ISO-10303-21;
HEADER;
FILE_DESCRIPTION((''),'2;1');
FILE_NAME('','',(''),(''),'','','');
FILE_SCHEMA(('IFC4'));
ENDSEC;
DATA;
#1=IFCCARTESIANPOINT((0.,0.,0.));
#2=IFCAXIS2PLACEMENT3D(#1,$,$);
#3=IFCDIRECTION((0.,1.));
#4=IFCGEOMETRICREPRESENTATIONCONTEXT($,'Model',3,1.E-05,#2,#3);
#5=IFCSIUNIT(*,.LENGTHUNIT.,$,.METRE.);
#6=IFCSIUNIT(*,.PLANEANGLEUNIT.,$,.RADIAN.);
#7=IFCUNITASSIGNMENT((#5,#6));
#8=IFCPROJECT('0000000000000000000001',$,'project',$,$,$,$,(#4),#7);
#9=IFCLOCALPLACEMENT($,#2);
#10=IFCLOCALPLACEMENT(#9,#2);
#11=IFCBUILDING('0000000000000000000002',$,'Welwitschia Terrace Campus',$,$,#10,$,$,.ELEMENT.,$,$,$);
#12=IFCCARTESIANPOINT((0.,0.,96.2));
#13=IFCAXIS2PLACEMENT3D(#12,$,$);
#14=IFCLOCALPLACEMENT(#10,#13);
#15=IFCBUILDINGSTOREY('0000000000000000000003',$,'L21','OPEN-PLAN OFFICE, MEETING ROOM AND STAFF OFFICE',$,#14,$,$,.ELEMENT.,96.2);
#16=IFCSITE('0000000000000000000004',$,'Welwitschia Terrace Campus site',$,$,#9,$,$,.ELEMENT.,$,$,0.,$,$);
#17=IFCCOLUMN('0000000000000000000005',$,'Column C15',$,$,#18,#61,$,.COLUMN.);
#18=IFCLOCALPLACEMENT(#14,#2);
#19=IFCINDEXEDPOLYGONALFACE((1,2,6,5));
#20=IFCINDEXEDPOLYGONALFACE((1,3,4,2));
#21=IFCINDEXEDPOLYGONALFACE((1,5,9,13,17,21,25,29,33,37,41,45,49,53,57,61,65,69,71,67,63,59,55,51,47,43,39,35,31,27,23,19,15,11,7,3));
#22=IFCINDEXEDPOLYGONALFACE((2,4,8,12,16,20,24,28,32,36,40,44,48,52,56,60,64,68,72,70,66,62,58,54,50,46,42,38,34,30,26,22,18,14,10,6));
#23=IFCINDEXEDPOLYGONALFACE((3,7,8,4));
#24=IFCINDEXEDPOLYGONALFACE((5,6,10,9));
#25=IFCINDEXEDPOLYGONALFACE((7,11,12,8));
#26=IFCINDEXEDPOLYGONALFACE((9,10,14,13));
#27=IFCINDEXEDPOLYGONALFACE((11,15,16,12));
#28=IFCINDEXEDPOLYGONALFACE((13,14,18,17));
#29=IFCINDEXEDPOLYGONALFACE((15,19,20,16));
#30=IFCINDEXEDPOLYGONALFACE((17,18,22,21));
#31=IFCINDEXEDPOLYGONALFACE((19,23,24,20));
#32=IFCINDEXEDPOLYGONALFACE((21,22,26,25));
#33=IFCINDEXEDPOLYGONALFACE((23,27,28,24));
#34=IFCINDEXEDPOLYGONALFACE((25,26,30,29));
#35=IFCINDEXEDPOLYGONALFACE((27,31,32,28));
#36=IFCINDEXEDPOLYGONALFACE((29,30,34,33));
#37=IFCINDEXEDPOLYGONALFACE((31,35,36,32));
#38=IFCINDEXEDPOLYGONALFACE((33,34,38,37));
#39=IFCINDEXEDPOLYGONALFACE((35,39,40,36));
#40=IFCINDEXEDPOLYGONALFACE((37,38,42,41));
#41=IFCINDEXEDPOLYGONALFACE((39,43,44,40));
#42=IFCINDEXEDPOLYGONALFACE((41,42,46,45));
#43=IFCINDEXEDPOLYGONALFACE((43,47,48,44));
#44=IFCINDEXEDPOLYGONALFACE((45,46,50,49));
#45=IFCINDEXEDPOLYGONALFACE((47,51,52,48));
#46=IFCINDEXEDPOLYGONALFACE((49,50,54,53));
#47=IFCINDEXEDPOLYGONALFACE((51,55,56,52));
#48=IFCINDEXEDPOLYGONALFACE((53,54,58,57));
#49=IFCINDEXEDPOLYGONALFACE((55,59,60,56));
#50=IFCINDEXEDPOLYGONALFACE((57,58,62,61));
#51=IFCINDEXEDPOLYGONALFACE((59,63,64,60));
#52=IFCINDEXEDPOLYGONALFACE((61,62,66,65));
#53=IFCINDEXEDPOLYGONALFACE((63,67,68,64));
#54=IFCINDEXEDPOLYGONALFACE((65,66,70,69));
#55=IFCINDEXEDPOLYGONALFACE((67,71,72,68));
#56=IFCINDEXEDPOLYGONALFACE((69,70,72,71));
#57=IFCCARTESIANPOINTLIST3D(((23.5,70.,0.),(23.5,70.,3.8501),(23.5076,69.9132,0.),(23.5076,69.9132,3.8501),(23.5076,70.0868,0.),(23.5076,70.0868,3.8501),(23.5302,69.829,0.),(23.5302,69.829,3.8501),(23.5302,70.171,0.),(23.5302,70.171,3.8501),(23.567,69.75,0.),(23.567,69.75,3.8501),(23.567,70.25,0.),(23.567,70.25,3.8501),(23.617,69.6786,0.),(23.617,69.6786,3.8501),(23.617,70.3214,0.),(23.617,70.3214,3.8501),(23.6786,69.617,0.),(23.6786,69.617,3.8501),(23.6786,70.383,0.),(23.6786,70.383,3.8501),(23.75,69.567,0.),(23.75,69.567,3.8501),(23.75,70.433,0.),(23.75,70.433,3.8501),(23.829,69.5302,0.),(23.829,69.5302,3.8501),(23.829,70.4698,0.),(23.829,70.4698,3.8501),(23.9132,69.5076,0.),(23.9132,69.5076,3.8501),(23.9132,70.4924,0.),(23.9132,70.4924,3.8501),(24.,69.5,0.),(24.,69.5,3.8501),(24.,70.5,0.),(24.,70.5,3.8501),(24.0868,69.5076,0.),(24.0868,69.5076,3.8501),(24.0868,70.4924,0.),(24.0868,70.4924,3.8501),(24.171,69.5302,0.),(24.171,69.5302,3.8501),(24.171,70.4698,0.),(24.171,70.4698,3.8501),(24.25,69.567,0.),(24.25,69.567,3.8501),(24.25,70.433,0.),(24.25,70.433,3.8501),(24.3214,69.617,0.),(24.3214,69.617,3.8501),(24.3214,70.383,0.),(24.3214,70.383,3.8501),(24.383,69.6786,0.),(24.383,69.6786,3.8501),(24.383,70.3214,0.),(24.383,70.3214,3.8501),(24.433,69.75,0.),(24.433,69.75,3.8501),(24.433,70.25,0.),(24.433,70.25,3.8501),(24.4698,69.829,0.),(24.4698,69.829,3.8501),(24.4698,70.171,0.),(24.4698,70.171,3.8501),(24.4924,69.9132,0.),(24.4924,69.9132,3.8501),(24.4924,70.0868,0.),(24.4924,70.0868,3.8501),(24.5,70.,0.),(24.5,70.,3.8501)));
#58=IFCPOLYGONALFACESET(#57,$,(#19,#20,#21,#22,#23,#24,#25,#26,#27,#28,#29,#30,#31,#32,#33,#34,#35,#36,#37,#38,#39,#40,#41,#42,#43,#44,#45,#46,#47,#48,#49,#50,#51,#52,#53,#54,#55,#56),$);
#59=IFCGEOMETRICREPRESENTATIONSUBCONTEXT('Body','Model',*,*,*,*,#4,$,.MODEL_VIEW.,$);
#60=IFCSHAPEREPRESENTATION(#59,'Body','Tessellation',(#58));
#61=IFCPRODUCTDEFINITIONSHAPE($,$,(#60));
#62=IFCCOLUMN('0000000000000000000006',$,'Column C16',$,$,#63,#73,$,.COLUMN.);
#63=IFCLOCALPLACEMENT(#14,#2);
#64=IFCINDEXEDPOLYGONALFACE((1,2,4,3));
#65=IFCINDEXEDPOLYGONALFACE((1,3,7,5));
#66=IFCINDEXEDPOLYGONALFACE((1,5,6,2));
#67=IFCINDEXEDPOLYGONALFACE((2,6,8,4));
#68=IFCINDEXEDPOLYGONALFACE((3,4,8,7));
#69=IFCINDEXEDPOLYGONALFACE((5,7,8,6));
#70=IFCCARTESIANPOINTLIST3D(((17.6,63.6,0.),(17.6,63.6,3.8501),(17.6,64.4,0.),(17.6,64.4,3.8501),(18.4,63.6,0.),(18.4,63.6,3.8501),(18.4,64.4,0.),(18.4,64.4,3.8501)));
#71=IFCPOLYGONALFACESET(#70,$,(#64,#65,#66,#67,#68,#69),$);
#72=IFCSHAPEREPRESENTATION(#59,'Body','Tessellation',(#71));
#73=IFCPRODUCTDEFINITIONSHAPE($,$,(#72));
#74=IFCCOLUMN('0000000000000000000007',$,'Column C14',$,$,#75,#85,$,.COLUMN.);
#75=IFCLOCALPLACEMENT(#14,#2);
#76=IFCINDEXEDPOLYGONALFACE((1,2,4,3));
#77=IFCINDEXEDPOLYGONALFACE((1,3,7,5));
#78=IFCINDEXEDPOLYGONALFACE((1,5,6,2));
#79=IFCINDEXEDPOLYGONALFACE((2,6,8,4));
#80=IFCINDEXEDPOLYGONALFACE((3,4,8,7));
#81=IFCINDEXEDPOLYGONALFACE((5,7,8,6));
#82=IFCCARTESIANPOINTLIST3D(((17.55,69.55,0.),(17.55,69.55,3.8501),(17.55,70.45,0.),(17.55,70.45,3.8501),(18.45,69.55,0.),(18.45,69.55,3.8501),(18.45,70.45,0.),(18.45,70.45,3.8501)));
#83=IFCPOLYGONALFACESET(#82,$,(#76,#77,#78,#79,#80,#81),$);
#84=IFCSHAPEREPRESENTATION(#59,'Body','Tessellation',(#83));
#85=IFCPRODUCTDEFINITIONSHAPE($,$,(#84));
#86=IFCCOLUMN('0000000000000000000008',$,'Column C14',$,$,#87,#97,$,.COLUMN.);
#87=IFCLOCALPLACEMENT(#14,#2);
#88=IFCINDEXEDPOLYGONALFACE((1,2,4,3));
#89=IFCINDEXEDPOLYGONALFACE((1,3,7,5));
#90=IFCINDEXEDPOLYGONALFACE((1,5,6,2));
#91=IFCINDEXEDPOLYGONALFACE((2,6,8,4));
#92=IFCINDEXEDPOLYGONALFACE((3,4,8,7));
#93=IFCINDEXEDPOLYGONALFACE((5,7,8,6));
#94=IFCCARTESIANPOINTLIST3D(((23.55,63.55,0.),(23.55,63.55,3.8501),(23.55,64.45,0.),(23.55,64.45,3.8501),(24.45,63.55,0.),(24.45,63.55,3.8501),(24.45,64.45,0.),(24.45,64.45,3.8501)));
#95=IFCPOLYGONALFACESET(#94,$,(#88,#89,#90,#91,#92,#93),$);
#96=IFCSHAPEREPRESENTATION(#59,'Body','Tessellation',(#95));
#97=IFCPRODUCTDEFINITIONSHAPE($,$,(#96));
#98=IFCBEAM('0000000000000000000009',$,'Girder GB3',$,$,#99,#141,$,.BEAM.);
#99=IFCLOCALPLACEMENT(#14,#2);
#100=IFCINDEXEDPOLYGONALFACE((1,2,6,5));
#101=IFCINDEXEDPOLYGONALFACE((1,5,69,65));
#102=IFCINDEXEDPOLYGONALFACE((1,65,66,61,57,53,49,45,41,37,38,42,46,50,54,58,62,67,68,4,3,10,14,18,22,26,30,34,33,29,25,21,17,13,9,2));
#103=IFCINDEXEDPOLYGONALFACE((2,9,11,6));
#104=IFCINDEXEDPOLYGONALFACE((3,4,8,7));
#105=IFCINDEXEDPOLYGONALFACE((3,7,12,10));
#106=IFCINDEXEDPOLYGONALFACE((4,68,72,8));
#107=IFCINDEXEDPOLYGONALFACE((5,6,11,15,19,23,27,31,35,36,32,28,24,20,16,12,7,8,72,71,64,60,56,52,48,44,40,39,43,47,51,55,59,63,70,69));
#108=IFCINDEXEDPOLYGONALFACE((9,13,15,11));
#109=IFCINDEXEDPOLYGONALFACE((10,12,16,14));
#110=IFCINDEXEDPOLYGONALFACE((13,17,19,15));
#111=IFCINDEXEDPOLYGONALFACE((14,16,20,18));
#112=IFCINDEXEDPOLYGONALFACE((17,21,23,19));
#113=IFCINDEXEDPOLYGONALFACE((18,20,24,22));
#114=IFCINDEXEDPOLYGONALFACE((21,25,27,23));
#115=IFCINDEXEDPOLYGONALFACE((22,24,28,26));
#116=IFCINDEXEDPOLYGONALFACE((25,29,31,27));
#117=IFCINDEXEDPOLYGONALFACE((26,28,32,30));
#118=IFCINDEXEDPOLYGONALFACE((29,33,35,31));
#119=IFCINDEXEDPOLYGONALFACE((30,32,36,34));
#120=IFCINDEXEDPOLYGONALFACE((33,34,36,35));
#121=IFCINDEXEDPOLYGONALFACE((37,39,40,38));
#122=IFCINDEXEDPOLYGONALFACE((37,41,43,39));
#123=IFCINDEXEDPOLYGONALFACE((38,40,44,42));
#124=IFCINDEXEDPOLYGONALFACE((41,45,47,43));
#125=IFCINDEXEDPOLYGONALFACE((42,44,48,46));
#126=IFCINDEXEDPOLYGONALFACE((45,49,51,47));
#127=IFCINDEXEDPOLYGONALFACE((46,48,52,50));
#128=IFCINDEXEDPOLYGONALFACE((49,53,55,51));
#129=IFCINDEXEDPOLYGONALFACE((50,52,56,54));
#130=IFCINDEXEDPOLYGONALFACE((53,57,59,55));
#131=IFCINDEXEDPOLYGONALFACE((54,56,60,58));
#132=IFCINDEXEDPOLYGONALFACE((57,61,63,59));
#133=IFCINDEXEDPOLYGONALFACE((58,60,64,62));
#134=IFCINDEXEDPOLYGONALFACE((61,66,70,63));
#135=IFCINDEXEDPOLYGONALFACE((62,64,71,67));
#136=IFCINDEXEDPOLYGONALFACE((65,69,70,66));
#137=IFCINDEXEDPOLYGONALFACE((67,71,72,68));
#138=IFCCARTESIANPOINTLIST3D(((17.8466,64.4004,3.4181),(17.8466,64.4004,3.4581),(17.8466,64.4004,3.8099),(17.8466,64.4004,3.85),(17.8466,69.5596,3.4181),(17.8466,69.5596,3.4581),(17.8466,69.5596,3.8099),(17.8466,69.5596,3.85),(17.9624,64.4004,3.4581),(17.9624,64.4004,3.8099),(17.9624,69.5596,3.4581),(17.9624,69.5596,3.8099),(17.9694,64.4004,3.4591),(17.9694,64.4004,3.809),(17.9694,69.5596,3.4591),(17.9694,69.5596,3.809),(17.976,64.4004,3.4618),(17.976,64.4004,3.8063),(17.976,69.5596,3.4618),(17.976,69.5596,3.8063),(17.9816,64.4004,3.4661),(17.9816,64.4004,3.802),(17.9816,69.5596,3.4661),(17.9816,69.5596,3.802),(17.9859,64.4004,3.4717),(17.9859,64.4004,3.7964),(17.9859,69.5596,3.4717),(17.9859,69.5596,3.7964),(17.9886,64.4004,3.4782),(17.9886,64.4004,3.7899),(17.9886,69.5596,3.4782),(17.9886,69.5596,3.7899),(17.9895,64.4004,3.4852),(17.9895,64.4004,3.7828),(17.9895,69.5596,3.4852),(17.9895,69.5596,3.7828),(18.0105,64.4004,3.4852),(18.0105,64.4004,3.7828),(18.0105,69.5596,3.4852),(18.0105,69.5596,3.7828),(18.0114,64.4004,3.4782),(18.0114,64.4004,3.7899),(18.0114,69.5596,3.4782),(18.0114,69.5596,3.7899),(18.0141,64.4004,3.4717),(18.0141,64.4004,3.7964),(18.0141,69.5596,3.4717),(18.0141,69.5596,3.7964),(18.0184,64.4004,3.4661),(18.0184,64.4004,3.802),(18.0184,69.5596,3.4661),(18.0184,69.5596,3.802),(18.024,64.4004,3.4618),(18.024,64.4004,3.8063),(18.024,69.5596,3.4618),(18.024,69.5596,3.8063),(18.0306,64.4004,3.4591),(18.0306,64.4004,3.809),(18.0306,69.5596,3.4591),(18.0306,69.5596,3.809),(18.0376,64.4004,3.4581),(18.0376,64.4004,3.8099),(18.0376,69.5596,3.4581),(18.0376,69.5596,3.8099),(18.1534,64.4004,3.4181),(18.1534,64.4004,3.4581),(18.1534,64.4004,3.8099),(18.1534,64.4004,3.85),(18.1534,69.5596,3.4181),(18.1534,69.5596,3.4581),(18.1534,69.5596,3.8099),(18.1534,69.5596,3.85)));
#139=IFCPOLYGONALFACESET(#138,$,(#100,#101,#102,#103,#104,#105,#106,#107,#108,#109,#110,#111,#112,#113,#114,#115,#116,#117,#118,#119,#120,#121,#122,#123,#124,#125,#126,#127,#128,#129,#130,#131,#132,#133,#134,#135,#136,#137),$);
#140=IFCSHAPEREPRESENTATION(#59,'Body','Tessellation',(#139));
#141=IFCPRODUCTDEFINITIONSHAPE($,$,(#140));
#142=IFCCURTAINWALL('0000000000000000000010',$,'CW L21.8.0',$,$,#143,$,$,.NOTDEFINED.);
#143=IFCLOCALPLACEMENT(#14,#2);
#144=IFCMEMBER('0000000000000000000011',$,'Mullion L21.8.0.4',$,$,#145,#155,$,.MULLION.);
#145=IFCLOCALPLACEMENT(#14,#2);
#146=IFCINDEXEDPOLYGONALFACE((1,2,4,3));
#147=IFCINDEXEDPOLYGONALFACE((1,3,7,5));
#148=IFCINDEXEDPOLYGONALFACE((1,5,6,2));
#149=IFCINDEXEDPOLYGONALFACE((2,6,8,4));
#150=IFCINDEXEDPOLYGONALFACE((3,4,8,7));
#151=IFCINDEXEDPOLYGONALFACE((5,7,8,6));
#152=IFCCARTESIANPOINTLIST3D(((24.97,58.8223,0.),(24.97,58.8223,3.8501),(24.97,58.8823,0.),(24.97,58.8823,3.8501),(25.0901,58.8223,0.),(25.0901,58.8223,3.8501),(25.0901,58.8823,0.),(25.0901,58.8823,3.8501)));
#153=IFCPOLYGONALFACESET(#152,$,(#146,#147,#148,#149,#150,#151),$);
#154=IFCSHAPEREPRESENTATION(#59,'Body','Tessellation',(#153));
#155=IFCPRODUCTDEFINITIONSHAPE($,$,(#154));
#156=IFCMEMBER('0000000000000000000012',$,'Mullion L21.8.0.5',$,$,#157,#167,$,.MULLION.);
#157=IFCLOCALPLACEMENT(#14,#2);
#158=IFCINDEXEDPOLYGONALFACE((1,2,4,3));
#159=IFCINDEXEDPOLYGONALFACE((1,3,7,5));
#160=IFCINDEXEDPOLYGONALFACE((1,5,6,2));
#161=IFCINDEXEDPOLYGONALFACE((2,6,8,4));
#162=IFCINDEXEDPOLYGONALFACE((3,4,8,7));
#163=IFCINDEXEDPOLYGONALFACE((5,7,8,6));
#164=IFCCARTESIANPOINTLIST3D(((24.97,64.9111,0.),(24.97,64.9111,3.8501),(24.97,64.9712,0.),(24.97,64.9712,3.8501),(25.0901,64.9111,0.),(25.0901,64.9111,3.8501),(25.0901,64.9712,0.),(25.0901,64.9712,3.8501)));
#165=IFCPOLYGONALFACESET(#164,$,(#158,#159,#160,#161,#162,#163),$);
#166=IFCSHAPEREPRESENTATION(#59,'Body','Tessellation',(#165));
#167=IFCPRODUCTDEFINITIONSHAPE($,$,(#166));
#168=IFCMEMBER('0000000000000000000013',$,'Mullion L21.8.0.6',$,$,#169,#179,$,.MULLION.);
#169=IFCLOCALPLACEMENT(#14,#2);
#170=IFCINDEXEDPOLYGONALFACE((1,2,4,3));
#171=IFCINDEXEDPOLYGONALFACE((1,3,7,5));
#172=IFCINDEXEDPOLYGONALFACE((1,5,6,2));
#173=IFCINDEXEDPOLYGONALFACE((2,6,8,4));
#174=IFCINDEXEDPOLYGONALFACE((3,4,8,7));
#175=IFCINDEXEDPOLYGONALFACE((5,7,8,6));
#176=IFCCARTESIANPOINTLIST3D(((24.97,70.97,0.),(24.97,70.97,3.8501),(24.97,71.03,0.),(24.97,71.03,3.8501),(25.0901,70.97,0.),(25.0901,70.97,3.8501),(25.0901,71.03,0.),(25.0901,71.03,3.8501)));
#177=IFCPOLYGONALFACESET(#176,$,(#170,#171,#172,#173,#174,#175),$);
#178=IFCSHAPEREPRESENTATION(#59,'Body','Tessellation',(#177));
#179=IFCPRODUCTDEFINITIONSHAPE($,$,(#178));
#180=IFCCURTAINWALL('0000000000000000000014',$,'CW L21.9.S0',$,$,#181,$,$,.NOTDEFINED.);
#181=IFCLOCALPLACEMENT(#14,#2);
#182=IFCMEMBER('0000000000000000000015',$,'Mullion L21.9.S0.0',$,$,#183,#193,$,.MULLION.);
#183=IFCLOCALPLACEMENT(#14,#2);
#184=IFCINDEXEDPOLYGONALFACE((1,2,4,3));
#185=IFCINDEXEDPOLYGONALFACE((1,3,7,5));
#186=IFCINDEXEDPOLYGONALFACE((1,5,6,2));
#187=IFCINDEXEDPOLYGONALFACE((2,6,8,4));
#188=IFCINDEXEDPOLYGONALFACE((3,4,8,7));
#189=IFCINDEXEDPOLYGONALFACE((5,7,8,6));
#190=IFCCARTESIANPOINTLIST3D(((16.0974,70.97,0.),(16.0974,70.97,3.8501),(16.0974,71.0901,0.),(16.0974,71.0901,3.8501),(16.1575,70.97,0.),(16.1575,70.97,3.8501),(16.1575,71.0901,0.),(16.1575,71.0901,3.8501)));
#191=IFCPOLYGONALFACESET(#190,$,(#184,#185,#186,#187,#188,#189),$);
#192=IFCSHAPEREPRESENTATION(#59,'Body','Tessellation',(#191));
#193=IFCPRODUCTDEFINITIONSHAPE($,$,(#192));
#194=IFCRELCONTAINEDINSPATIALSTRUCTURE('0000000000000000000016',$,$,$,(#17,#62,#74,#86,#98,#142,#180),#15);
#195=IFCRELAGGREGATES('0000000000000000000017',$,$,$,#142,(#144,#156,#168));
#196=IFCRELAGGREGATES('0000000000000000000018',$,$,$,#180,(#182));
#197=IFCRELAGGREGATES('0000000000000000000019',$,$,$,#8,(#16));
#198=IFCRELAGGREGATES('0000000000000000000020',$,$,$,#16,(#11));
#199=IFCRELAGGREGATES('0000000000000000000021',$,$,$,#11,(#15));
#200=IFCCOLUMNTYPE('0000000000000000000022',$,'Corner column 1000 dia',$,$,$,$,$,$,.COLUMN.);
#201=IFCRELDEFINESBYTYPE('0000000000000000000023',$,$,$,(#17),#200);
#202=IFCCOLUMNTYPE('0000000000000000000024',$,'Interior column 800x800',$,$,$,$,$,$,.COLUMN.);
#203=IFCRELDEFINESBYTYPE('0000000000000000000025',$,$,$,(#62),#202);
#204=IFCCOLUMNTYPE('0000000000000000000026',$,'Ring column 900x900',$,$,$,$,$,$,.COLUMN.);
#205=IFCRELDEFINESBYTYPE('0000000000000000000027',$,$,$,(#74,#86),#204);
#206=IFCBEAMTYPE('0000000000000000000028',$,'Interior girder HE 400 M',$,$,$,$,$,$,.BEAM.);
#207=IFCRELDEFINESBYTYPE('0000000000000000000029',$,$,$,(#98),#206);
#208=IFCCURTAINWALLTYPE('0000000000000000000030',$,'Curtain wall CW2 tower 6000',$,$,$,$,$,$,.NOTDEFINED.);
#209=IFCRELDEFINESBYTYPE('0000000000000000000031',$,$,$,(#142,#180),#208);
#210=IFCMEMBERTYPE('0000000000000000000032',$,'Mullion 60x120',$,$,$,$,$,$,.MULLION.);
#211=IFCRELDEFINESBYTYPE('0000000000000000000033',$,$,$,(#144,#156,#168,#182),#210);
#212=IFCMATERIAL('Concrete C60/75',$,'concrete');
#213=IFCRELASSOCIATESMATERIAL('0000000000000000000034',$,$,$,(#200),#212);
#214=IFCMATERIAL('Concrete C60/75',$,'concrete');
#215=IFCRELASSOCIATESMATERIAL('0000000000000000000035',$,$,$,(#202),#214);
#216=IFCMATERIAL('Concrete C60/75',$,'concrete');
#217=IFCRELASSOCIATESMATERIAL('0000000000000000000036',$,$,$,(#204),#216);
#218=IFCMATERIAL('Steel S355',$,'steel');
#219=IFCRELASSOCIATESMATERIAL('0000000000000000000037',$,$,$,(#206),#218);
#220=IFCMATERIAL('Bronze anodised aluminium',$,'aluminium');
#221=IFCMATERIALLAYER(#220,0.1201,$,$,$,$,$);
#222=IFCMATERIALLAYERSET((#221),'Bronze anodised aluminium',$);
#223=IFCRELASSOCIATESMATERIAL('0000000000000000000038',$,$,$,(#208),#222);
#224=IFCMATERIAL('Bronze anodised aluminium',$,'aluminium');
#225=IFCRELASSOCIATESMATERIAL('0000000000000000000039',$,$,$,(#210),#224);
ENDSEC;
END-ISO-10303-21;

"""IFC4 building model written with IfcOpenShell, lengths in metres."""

from ifc_helpers import new_model, si_unit, direction, frame, origin, origin_2d, place, context, subcontext, project, spatial, rectangle, circle, i_section, extrude, material, layer, layer_set, material_profile, profile_set, type_object, element, aggregate, save


model = new_model("IFC4")

# Units and contexts
model_context = context("Model", 3, precision=1e-05, world=origin(), true_north=direction((0.0, 1.0)))
body_context = subcontext(model_context, "Body", "Model", "MODEL_VIEW")
ifc_project = project(units=[si_unit("LENGTHUNIT", "METRE"), si_unit("PLANEANGLEUNIT", "RADIAN")], contexts=[model_context])

# Site, building, storey
site_placement = place(None, origin())
site = spatial("IfcSite", under=ifc_project, at=site_placement, Name="Welwitschia Terrace Campus site", CompositionType="ELEMENT", RefElevation=0.0)
building_placement = place(site_placement, origin())
building = spatial("IfcBuilding", under=site, at=building_placement, Name="Welwitschia Terrace Campus", CompositionType="ELEMENT")
storey_placement = place(building_placement, frame((0.0, 0.0, 96.2)))
storey = spatial("IfcBuildingStorey", under=building, at=storey_placement, Name="L21", Description="OPEN-PLAN OFFICE, MEETING ROOM AND STAFF OFFICE", CompositionType="ELEMENT", Elevation=96.2)

# Columns
ifc_material_1 = material(Name="Concrete C60/75", Category="concrete")
ifc_material_profile_1 = material_profile(ifc_material_1, circle(Radius=0.5, at=origin_2d()))
ifc_profile_set_1 = profile_set([ifc_material_profile_1], Name="Concrete C60/75")
column_type_1 = type_object("IfcColumnType", Name="Corner column 1000 dia", PredefinedType="COLUMN", material=ifc_profile_set_1)
column_1_placement = place(storey_placement, frame((24.0, 70.0, 0.0), z_axis=(0.0, 0.0, 1.0), x_axis=(1.0, 0.0, 0.0)))
element("IfcColumn", 1, at=column_1_placement, inside=storey, type_object=column_type_1, Name="Column C15", PredefinedType="COLUMN", context=body_context, shape_type="SweptSolid", body=[
    extrude(circle(Radius=0.5, at=origin_2d()), origin(), (0.0, 0.0, 1.0), 3.8501),
])
ifc_material_2 = material(Name="Concrete C60/75", Category="concrete")
ifc_material_profile_2 = material_profile(ifc_material_2, rectangle(XDim=0.8, YDim=0.8, at=origin_2d()))
ifc_profile_set_2 = profile_set([ifc_material_profile_2], Name="Concrete C60/75")
column_type_2 = type_object("IfcColumnType", Name="Interior column 800x800", PredefinedType="COLUMN", material=ifc_profile_set_2)
column_2_placement = place(storey_placement, frame((18.0, 64.0, 0.0), z_axis=(0.0, 0.0, 1.0), x_axis=(1.0, 0.0, 0.0)))
element("IfcColumn", 2, at=column_2_placement, inside=storey, type_object=column_type_2, Name="Column C16", PredefinedType="COLUMN", context=body_context, shape_type="SweptSolid", body=[
    extrude(rectangle(XDim=0.8, YDim=0.8, at=origin_2d()), origin(), (0.0, 0.0, 1.0), 3.8501),
])
ifc_material_3 = material(Name="Concrete C60/75", Category="concrete")
ifc_material_profile_3 = material_profile(ifc_material_3, rectangle(XDim=0.8999, YDim=0.8999, at=origin_2d()))
ifc_profile_set_3 = profile_set([ifc_material_profile_3], Name="Concrete C60/75")
column_type_3 = type_object("IfcColumnType", Name="Ring column 900x900", PredefinedType="COLUMN", material=ifc_profile_set_3)
for number, where, z_axis, x_axis, name in (
    (3, (18.0, 70.0, 0.0), (0.0, 0.0, 1.0), (1.0, 0.0, 0.0), "Column C14"),
    (4, (24.0, 64.0, 0.0), (0.0, 0.0, 1.0), (1.0, 0.0, 0.0), "Column C14"),
):
    element("IfcColumn", number, at=place(storey_placement, frame(where, z_axis=z_axis, x_axis=x_axis)), inside=storey, type_object=column_type_3, Name=name, PredefinedType="COLUMN", context=body_context, shape_type="SweptSolid", body=[
        extrude(rectangle(XDim=0.8999, YDim=0.8999, at=origin_2d()), origin(), (0.0, 0.0, 1.0), 3.8501),
    ])

# Beam
ifc_material_4 = material(Name="Steel S355", Category="steel")
ifc_material_profile_4 = material_profile(ifc_material_4, i_section(OverallWidth=0.3069, OverallDepth=0.4319, WebThickness=0.021, FlangeThickness=0.04, FilletRadius=0.0271, at=origin_2d()))
ifc_profile_set_4 = profile_set([ifc_material_profile_4], Name="Steel S355")
beam_type_1 = type_object("IfcBeamType", Name="Interior girder HE 400 M", PredefinedType="BEAM", material=ifc_profile_set_4)
beam_1_placement = place(storey_placement, frame((18.0, 64.4004, 3.634), z_axis=(0.0, 1.0, 0.0), x_axis=(-1.0, 0.0, 0.0)))
element("IfcBeam", 5, at=beam_1_placement, inside=storey, type_object=beam_type_1, Name="Girder GB3", PredefinedType="BEAM", context=body_context, shape_type="SweptSolid", body=[
    extrude(i_section(OverallWidth=0.3069, OverallDepth=0.4319, WebThickness=0.021, FlangeThickness=0.04, FilletRadius=0.0271, at=origin_2d()), origin(), (0.0, 0.0, 1.0), 5.1592),
])

# Curtain walls, members
ifc_material_5 = material(Name="Bronze anodised aluminium", Category="aluminium")
ifc_layer_1 = layer(ifc_material_5, 0.1201)
ifc_layer_set_1 = layer_set([ifc_layer_1], Name="Bronze anodised aluminium")
curtain_wall_type = type_object("IfcCurtainWallType", Name="Curtain wall CW2 tower 6000", PredefinedType="NOTDEFINED", material=ifc_layer_set_1)
curtain_wall_1_placement = place(storey_placement, origin())
curtain_wall_1 = element("IfcCurtainWall", 6, at=curtain_wall_1_placement, inside=storey, type_object=curtain_wall_type, Name="CW L21.8.0", PredefinedType="NOTDEFINED")
ifc_material_6 = material(Name="Bronze anodised aluminium", Category="aluminium")
ifc_material_profile_5 = material_profile(ifc_material_6, rectangle(XDim=0.1201, YDim=0.0601, at=origin_2d()))
ifc_profile_set_5 = profile_set([ifc_material_profile_5], Name="Bronze anodised aluminium")
member_type_1 = type_object("IfcMemberType", Name="Mullion 60x120", PredefinedType="MULLION", material=ifc_profile_set_5)
member_1_placement = place(storey_placement, frame((25.03, 58.8523, 0.0), z_axis=(0.0, 0.0, 1.0), x_axis=(-1.0, 0.0, 0.0)))
member_1 = element("IfcMember", 7, at=member_1_placement, type_object=member_type_1, Name="Mullion L21.8.0.4", PredefinedType="MULLION", context=body_context, shape_type="SweptSolid", body=[
    extrude(rectangle(XDim=0.1201, YDim=0.0601, at=origin_2d()), origin(), (0.0, 0.0, 1.0), 3.8501),
])
member_2_placement = place(storey_placement, frame((25.03, 64.9412, 0.0), z_axis=(0.0, 0.0, 1.0), x_axis=(-1.0, 0.0, 0.0)))
member_2 = element("IfcMember", 8, at=member_2_placement, type_object=member_type_1, Name="Mullion L21.8.0.5", PredefinedType="MULLION", context=body_context, shape_type="SweptSolid", body=[
    extrude(rectangle(XDim=0.1201, YDim=0.0601, at=origin_2d()), origin(), (0.0, 0.0, 1.0), 3.8501),
])
member_3_placement = place(storey_placement, frame((25.03, 71.0, 0.0), z_axis=(0.0, 0.0, 1.0), x_axis=(-1.0, 0.0, 0.0)))
member_3 = element("IfcMember", 9, at=member_3_placement, type_object=member_type_1, Name="Mullion L21.8.0.6", PredefinedType="MULLION", context=body_context, shape_type="SweptSolid", body=[
    extrude(rectangle(XDim=0.1201, YDim=0.0601, at=origin_2d()), origin(), (0.0, 0.0, 1.0), 3.8501),
])
curtain_wall_2_placement = place(storey_placement, origin())
curtain_wall_2 = element("IfcCurtainWall", 10, at=curtain_wall_2_placement, inside=storey, type_object=curtain_wall_type, Name="CW L21.9.S0", PredefinedType="NOTDEFINED")
member_4_placement = place(storey_placement, frame((16.1274, 71.03, 0.0), z_axis=(0.0, 0.0, 1.0), x_axis=(0.0, -1.0, 0.0)))
member_4 = element("IfcMember", 11, at=member_4_placement, type_object=member_type_1, Name="Mullion L21.9.S0.0", PredefinedType="MULLION", context=body_context, shape_type="SweptSolid", body=[
    extrude(rectangle(XDim=0.1201, YDim=0.0601, at=origin_2d()), origin(), (0.0, 0.0, 1.0), 3.8501),
])

aggregate(curtain_wall_1, [member_1, member_2, member_3])
aggregate(curtain_wall_2, [member_4])

save(model, "model.ifc")
